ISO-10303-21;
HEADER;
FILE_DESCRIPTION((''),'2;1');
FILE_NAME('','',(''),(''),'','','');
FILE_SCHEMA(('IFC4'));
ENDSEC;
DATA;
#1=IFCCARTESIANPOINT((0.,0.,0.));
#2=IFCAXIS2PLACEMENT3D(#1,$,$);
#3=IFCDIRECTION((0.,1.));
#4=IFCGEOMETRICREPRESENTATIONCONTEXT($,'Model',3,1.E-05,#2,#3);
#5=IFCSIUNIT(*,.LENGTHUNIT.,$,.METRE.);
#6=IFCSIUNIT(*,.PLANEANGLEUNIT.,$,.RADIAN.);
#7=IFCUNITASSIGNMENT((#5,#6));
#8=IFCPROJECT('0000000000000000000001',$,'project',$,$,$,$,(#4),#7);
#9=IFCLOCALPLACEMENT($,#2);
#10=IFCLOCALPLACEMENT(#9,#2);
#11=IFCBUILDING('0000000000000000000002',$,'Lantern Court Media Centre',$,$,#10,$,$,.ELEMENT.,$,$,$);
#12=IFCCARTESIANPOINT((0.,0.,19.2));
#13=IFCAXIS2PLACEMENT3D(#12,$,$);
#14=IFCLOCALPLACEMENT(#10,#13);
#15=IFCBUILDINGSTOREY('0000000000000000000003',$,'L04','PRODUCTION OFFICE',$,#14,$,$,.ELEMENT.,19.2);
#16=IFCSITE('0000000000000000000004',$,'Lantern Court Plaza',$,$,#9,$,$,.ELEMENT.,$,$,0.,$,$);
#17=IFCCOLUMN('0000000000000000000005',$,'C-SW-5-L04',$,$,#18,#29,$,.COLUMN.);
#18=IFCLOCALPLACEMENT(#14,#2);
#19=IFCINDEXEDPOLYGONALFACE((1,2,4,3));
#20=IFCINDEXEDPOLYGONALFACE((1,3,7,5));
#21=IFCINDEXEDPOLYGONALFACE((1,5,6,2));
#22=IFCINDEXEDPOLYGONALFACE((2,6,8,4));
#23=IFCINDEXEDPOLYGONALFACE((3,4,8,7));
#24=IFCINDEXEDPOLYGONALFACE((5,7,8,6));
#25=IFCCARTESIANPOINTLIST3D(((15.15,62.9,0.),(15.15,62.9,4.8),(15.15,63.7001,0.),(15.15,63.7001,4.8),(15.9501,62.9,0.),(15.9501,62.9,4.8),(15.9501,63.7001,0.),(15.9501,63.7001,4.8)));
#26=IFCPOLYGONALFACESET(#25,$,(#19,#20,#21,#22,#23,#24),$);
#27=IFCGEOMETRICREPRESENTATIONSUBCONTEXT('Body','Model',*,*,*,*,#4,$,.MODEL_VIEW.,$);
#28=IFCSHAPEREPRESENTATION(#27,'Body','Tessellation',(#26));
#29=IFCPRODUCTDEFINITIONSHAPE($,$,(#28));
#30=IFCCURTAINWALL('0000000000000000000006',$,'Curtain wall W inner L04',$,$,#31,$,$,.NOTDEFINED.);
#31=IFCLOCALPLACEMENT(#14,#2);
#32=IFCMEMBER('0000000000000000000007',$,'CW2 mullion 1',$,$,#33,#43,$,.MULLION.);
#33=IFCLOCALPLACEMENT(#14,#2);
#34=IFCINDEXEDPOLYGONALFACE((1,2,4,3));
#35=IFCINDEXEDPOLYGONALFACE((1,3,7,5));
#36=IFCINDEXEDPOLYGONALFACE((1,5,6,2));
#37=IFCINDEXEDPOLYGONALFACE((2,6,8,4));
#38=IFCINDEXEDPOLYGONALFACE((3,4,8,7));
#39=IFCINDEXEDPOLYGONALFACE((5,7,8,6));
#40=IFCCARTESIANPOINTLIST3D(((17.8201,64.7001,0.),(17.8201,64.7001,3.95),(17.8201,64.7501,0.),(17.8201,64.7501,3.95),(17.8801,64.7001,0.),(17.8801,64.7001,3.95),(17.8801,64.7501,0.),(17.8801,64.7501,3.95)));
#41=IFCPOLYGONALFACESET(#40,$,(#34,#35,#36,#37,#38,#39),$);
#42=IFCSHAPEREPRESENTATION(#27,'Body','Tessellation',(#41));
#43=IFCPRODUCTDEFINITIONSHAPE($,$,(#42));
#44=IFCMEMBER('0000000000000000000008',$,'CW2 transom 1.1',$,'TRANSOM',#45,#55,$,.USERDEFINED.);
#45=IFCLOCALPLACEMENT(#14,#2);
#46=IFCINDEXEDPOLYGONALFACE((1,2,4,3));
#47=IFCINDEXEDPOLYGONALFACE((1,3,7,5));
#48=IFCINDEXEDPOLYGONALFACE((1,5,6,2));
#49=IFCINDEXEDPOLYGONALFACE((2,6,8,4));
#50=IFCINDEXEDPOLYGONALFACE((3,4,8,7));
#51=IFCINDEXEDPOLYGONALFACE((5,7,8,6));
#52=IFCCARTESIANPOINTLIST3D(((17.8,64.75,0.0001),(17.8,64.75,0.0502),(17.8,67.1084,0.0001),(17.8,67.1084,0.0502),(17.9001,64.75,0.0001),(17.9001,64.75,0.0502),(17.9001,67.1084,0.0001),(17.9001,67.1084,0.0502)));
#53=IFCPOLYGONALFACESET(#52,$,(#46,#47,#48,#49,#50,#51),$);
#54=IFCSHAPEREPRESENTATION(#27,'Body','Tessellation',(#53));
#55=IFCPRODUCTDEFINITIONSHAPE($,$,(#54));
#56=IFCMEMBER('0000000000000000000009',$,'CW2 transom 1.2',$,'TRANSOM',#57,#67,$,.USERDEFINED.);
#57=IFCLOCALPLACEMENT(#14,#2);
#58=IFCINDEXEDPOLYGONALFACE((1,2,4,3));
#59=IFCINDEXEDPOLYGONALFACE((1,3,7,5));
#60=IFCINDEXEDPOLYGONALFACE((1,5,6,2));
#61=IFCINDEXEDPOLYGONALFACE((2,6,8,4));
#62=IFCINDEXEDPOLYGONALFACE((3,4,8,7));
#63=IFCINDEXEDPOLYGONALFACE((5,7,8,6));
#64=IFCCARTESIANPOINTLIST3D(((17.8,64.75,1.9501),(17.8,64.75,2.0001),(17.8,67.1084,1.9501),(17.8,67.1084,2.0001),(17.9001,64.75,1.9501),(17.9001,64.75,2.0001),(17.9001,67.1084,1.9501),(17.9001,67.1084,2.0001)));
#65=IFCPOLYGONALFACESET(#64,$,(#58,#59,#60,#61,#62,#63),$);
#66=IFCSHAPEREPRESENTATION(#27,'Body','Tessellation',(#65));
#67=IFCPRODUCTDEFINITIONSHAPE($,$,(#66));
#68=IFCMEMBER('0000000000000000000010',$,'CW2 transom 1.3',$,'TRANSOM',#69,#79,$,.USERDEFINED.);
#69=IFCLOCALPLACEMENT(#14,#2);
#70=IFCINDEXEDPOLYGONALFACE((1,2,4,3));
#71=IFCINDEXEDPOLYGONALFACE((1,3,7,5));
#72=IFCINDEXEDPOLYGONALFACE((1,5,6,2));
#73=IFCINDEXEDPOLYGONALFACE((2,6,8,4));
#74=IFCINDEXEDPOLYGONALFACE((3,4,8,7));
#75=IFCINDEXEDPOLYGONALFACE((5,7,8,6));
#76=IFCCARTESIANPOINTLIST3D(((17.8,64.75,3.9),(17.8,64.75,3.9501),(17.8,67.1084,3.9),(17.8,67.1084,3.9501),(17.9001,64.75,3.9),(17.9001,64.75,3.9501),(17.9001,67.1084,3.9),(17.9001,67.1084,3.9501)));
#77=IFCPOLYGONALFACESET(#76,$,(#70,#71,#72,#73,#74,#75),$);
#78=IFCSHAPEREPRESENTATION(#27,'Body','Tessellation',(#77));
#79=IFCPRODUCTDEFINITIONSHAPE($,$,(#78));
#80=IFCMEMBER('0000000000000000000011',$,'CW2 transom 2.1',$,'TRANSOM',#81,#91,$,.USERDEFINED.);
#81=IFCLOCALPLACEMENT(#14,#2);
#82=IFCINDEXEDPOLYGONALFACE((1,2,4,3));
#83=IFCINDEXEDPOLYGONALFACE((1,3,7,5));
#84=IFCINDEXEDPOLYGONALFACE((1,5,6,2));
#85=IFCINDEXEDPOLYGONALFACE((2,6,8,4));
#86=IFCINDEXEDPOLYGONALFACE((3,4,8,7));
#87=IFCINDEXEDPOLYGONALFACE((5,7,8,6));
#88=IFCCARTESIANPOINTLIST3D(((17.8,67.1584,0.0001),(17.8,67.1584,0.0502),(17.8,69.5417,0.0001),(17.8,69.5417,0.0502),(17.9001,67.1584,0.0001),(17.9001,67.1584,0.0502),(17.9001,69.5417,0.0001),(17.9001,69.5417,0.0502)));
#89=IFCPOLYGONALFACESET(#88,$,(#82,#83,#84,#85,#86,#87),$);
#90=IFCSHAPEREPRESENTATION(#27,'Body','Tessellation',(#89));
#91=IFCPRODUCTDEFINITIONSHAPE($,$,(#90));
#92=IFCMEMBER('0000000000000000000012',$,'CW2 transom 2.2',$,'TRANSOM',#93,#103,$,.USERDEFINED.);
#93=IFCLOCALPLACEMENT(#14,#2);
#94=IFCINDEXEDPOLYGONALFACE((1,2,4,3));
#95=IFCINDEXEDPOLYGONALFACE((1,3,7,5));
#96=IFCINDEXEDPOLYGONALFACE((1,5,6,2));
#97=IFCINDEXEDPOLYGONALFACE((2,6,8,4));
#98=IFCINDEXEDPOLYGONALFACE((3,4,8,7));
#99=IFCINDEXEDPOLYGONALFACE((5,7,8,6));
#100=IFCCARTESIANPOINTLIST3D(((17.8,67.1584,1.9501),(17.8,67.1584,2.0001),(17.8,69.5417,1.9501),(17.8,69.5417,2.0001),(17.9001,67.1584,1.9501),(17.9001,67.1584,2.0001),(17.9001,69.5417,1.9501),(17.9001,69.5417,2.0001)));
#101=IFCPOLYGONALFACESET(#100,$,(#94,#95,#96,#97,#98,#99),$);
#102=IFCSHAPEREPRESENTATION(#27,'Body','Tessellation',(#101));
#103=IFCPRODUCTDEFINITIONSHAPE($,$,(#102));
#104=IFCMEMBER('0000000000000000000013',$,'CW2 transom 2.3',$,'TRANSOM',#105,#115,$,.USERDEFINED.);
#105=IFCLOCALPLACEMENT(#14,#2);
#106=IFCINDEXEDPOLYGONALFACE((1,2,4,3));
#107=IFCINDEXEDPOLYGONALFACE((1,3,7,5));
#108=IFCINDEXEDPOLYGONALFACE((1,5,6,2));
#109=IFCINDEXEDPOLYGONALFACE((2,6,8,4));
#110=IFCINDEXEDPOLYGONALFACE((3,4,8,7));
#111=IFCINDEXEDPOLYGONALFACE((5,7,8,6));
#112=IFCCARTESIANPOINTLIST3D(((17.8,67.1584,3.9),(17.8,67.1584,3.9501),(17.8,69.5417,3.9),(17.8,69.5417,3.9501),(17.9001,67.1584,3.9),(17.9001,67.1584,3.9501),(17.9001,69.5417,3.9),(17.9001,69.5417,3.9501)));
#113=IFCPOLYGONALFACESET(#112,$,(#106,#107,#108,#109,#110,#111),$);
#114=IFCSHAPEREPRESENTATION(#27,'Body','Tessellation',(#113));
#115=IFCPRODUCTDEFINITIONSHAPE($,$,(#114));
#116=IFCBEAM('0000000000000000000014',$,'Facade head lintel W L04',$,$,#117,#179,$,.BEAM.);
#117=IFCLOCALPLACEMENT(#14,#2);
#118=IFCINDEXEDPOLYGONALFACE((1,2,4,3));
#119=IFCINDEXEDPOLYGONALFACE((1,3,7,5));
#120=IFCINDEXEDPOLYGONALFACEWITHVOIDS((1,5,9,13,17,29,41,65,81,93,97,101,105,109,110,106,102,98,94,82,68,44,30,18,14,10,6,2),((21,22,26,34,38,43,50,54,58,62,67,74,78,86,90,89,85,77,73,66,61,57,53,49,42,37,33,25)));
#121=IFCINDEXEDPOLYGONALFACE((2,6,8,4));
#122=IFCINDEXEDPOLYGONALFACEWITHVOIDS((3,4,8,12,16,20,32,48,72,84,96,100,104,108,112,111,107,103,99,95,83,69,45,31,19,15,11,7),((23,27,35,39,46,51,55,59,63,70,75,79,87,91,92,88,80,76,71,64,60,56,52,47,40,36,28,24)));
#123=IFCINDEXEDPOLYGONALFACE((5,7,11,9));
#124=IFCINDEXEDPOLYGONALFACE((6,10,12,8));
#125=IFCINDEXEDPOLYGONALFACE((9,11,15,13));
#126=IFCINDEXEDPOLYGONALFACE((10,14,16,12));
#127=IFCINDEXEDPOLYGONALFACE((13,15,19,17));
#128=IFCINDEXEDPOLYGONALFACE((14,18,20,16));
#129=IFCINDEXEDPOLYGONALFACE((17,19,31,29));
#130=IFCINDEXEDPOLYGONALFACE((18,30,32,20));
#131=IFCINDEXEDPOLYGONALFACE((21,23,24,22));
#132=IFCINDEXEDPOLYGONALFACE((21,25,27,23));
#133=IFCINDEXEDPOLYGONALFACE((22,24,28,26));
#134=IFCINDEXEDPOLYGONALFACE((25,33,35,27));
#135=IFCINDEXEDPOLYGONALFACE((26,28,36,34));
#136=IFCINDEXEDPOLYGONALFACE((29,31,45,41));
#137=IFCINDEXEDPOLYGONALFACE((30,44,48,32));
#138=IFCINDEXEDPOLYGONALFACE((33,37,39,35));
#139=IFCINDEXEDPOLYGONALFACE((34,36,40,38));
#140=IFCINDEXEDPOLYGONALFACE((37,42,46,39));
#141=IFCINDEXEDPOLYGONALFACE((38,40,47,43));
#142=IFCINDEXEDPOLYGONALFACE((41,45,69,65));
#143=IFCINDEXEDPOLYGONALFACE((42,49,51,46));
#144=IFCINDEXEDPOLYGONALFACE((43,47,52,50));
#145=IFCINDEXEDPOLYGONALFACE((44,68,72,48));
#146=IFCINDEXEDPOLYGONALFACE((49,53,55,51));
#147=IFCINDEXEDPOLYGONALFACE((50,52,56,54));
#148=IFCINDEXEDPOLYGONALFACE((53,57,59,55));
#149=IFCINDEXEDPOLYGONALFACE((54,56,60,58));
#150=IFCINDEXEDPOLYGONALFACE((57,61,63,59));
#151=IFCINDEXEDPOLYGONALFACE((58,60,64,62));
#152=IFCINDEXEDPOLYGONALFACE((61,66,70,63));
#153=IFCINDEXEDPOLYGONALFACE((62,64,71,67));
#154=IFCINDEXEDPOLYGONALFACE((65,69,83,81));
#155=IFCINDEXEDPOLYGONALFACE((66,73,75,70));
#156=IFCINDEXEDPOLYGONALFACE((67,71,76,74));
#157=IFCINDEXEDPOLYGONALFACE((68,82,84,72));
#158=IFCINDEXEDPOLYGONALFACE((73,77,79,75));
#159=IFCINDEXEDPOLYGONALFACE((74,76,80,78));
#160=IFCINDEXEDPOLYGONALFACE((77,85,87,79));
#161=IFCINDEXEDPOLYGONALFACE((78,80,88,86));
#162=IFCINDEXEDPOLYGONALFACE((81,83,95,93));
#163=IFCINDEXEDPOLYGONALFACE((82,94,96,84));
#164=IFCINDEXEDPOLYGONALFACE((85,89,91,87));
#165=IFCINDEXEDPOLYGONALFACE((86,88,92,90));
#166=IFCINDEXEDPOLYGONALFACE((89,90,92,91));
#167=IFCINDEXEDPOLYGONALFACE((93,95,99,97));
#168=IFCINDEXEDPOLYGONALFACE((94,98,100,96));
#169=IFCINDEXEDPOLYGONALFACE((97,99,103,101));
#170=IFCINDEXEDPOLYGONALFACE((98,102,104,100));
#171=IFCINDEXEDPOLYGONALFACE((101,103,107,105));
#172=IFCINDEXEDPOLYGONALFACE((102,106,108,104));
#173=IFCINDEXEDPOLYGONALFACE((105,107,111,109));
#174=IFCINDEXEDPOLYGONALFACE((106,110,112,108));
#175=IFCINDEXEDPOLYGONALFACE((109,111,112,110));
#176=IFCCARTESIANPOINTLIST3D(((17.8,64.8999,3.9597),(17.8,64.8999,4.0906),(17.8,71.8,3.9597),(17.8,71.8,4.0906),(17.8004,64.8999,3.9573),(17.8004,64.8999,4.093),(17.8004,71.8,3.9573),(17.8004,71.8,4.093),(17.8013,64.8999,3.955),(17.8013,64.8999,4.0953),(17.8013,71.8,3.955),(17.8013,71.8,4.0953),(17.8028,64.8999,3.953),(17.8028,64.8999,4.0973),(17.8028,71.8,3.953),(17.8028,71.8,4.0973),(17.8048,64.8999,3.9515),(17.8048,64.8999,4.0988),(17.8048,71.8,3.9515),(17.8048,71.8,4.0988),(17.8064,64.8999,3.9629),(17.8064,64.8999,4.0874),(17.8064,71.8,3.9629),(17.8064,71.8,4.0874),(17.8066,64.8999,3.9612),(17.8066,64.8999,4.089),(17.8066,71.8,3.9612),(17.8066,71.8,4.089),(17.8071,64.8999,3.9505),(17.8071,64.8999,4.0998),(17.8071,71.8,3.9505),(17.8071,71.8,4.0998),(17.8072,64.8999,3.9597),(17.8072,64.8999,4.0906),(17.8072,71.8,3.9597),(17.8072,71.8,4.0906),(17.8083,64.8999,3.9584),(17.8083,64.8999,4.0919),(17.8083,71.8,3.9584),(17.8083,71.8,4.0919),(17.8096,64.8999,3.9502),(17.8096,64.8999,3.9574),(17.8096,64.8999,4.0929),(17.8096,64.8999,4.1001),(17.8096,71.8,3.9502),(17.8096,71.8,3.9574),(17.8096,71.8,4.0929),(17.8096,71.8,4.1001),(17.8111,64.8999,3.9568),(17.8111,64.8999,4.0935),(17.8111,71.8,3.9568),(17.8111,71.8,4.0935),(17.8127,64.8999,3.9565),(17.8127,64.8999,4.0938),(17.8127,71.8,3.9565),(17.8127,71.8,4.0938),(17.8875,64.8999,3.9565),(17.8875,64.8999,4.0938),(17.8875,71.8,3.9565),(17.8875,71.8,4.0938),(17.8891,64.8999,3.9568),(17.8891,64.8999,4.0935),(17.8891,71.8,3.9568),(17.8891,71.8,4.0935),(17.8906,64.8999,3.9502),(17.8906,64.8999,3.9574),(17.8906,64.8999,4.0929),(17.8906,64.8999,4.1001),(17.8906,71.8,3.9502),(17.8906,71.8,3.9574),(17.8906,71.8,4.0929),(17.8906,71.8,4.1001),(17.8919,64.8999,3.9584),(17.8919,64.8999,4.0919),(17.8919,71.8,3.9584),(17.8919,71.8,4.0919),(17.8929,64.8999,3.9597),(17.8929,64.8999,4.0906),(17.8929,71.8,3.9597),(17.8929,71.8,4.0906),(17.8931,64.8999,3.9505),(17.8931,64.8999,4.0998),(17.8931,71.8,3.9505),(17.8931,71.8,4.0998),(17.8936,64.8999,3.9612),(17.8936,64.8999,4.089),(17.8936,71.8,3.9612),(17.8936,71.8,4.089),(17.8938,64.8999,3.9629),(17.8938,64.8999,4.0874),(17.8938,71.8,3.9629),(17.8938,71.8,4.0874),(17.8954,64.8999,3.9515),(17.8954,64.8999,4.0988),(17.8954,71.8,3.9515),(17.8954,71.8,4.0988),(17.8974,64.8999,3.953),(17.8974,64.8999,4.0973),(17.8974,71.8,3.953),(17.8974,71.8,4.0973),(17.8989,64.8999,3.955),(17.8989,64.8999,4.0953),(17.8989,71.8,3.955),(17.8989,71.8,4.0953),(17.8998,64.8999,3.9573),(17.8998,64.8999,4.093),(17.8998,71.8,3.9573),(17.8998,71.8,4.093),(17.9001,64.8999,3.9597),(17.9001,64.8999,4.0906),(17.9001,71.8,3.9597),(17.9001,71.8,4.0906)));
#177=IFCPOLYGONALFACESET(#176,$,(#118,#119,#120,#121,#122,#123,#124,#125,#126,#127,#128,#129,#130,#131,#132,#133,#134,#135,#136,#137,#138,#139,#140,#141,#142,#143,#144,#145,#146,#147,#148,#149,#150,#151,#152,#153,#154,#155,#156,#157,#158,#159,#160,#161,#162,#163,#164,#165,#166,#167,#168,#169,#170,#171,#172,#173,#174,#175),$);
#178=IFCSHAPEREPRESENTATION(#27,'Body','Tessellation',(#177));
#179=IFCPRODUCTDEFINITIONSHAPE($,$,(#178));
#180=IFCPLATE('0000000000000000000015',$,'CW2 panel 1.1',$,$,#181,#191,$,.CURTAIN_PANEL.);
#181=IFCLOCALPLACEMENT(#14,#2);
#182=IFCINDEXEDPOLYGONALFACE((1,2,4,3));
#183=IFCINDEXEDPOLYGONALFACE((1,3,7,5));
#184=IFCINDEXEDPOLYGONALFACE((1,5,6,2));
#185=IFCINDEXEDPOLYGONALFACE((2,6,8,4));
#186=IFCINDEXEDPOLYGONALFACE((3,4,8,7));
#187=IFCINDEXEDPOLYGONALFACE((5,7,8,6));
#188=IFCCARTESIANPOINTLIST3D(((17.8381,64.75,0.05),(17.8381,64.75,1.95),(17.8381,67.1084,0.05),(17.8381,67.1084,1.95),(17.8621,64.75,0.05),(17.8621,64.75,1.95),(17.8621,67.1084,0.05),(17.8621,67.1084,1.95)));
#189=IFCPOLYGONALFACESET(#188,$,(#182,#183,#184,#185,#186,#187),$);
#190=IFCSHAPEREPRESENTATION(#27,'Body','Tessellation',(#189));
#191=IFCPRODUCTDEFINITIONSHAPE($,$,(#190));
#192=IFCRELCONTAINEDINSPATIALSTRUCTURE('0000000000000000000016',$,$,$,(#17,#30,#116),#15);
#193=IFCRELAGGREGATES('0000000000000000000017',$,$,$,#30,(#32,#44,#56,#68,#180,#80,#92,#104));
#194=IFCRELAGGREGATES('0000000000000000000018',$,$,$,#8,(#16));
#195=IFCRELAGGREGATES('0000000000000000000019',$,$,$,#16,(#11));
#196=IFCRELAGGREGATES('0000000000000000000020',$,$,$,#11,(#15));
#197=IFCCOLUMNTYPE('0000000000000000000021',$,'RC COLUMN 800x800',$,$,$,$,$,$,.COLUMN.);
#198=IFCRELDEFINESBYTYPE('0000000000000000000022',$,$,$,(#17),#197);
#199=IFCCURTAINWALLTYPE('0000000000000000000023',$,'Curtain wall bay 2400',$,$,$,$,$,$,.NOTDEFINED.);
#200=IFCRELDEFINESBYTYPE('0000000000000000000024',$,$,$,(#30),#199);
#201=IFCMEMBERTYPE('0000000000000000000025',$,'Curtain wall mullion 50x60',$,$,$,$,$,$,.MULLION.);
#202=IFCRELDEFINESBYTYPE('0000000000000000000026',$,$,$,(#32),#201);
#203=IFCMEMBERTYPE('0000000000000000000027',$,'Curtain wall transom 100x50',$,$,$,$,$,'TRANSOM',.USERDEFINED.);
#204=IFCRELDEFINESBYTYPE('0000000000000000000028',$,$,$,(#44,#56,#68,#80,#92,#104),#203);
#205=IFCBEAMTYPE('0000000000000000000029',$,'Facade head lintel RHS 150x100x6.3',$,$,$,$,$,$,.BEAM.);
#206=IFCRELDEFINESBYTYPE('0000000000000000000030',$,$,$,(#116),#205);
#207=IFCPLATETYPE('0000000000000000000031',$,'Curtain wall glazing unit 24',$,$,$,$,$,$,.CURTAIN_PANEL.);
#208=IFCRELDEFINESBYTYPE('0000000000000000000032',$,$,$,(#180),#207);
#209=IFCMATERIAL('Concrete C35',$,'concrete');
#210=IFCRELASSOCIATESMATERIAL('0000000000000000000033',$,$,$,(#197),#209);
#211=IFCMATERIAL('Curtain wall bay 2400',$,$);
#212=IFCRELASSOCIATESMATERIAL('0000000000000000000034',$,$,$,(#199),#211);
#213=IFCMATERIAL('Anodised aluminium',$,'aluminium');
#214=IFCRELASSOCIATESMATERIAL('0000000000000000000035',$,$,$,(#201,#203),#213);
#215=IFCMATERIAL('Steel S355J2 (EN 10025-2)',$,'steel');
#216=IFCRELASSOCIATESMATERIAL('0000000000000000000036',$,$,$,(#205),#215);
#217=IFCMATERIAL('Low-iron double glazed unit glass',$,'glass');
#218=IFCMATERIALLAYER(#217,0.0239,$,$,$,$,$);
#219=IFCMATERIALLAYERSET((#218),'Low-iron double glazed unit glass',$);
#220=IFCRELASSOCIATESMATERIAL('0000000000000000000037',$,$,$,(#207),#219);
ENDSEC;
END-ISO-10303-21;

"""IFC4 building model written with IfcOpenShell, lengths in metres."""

from ifc_helpers import new_model, si_unit, direction, frame, origin, origin_2d, place, context, subcontext, project, spatial, rectangle, hollow_rectangle, extrude, material, layer, layer_set, material_profile, profile_set, type_object, element, aggregate, save


model = new_model("IFC4")

# Units and contexts
model_context = context("Model", 3, precision=1e-05, world=origin(), true_north=direction((0.0, 1.0)))
body_context = subcontext(model_context, "Body", "Model", "MODEL_VIEW")
ifc_project = project(units=[si_unit("LENGTHUNIT", "METRE"), si_unit("PLANEANGLEUNIT", "RADIAN")], contexts=[model_context])

# Site, building, storey
site_placement = place(None, origin())
site = spatial("IfcSite", under=ifc_project, at=site_placement, Name="Lantern Court Plaza", CompositionType="ELEMENT", RefElevation=0.0)
building_placement = place(site_placement, origin())
building = spatial("IfcBuilding", under=site, at=building_placement, Name="Lantern Court Media Centre", CompositionType="ELEMENT")
storey_placement = place(building_placement, frame((0.0, 0.0, 19.2)))
storey = spatial("IfcBuildingStorey", under=building, at=storey_placement, Name="L04", Description="PRODUCTION OFFICE", CompositionType="ELEMENT", Elevation=19.2)

# Column
ifc_material_1 = material(Name="Concrete C35", Category="concrete")
ifc_material_profile_1 = material_profile(ifc_material_1, rectangle(XDim=0.8, YDim=0.8, at=origin_2d()), Name="RC 800x800")
ifc_profile_set_1 = profile_set([ifc_material_profile_1], Name="Concrete C35")
column_type = type_object("IfcColumnType", Name="RC COLUMN 800x800", PredefinedType="COLUMN", material=ifc_profile_set_1)
column_placement = place(storey_placement, frame((15.55, 63.3, 0.0), z_axis=(0.0, 0.0, 1.0), x_axis=(1.0, 0.0, 0.0)))
element("IfcColumn", 1, at=column_placement, inside=storey, type_object=column_type, Name="C-SW-5-L04", PredefinedType="COLUMN", context=body_context, shape_type="SweptSolid", body=[
    extrude(rectangle(XDim=0.8, YDim=0.8, at=origin_2d()), origin(), (0.0, 0.0, 1.0), 4.8),
])

# Curtain wall, members
ifc_material_2 = material(Name="Curtain wall bay 2400")
curtain_wall_type = type_object("IfcCurtainWallType", Name="Curtain wall bay 2400", PredefinedType="NOTDEFINED", material=ifc_material_2)
curtain_wall_placement = place(storey_placement, origin())
curtain_wall = element("IfcCurtainWall", 2, at=curtain_wall_placement, inside=storey, type_object=curtain_wall_type, Name="Curtain wall W inner L04", PredefinedType="NOTDEFINED")
ifc_material_3 = material(Name="Anodised aluminium", Category="aluminium")
ifc_material_profile_2 = material_profile(ifc_material_3, rectangle(XDim=0.0601, YDim=0.05, at=origin_2d()), Name="AL 50x60")
ifc_profile_set_2 = profile_set([ifc_material_profile_2], Name="Anodised aluminium")
member_type_1 = type_object("IfcMemberType", Name="Curtain wall mullion 50x60", PredefinedType="MULLION", material=ifc_profile_set_2)
member_1_placement = place(storey_placement, frame((17.8501, 64.7251, 0.0), z_axis=(0.0, 0.0, 1.0), x_axis=(-1.0, 0.0, 0.0)))
member_1 = element("IfcMember", 3, at=member_1_placement, type_object=member_type_1, Name="CW2 mullion 1", PredefinedType="MULLION", context=body_context, shape_type="SweptSolid", body=[
    extrude(rectangle(XDim=0.0601, YDim=0.05, at=origin_2d()), origin(), (0.0, 0.0, 1.0), 3.95),
])
ifc_material_profile_3 = material_profile(ifc_material_3, rectangle(XDim=0.1001, YDim=0.05, at=origin_2d()), Name="AL 50x100")
ifc_profile_set_3 = profile_set([ifc_material_profile_3], Name="Anodised aluminium")
member_type_2 = type_object("IfcMemberType", Name="Curtain wall transom 100x50", ElementType="TRANSOM", PredefinedType="USERDEFINED", material=ifc_profile_set_3)
member_2_placement = place(storey_placement, frame((17.8501, 64.75, 0.0251), z_axis=(0.0, 1.0, 0.0), x_axis=(-1.0, 0.0, 0.0)))
member_2 = element("IfcMember", 4, at=member_2_placement, type_object=member_type_2, Name="CW2 transom 1.1", ObjectType="TRANSOM", PredefinedType="USERDEFINED", context=body_context, shape_type="SweptSolid", body=[
    extrude(rectangle(XDim=0.1001, YDim=0.05, at=origin_2d()), origin(), (0.0, 0.0, 1.0), 2.3584),
])
member_3_placement = place(storey_placement, frame((17.8501, 64.75, 1.9751), z_axis=(0.0, 1.0, 0.0), x_axis=(-1.0, 0.0, 0.0)))
member_3 = element("IfcMember", 5, at=member_3_placement, type_object=member_type_2, Name="CW2 transom 1.2", ObjectType="TRANSOM", PredefinedType="USERDEFINED", context=body_context, shape_type="SweptSolid", body=[
    extrude(rectangle(XDim=0.1001, YDim=0.05, at=origin_2d()), origin(), (0.0, 0.0, 1.0), 2.3584),
])
member_4_placement = place(storey_placement, frame((17.8501, 64.75, 3.925), z_axis=(0.0, 1.0, 0.0), x_axis=(-1.0, 0.0, 0.0)))
member_4 = element("IfcMember", 6, at=member_4_placement, type_object=member_type_2, Name="CW2 transom 1.3", ObjectType="TRANSOM", PredefinedType="USERDEFINED", context=body_context, shape_type="SweptSolid", body=[
    extrude(rectangle(XDim=0.1001, YDim=0.05, at=origin_2d()), origin(), (0.0, 0.0, 1.0), 2.3584),
])
member_5_placement = place(storey_placement, frame((17.8501, 67.1584, 0.0251), z_axis=(0.0, 1.0, 0.0), x_axis=(-1.0, 0.0, 0.0)))
member_5 = element("IfcMember", 7, at=member_5_placement, type_object=member_type_2, Name="CW2 transom 2.1", ObjectType="TRANSOM", PredefinedType="USERDEFINED", context=body_context, shape_type="SweptSolid", body=[
    extrude(rectangle(XDim=0.1001, YDim=0.05, at=origin_2d()), origin(), (0.0, 0.0, 1.0), 2.3833),
])
member_6_placement = place(storey_placement, frame((17.8501, 67.1584, 1.9751), z_axis=(0.0, 1.0, 0.0), x_axis=(-1.0, 0.0, 0.0)))
member_6 = element("IfcMember", 8, at=member_6_placement, type_object=member_type_2, Name="CW2 transom 2.2", ObjectType="TRANSOM", PredefinedType="USERDEFINED", context=body_context, shape_type="SweptSolid", body=[
    extrude(rectangle(XDim=0.1001, YDim=0.05, at=origin_2d()), origin(), (0.0, 0.0, 1.0), 2.3833),
])
member_7_placement = place(storey_placement, frame((17.8501, 67.1584, 3.925), z_axis=(0.0, 1.0, 0.0), x_axis=(-1.0, 0.0, 0.0)))
member_7 = element("IfcMember", 9, at=member_7_placement, type_object=member_type_2, Name="CW2 transom 2.3", ObjectType="TRANSOM", PredefinedType="USERDEFINED", context=body_context, shape_type="SweptSolid", body=[
    extrude(rectangle(XDim=0.1001, YDim=0.05, at=origin_2d()), origin(), (0.0, 0.0, 1.0), 2.3833),
])

# Beam
ifc_material_4 = material(Name="Steel S355J2 (EN 10025-2)", Category="steel")
ifc_material_profile_4 = material_profile(ifc_material_4, hollow_rectangle(XDim=0.1001, YDim=0.1499, WallThickness=0.0063, InnerFilletRadius=0.0063, OuterFilletRadius=0.0095, at=origin_2d()), Name="Facade head lintel RHS 150x100x6.3")
ifc_profile_set_4 = profile_set([ifc_material_profile_4], Name="Steel S355J2 (EN 10025-2)")
beam_type = type_object("IfcBeamType", Name="Facade head lintel RHS 150x100x6.3", PredefinedType="BEAM", material=ifc_profile_set_4)
beam_placement = place(storey_placement, frame((17.8501, 64.8999, 4.0251), z_axis=(0.0, 1.0, 0.0), x_axis=(-1.0, 0.0, 0.0)))
element("IfcBeam", 10, at=beam_placement, inside=storey, type_object=beam_type, Name="Facade head lintel W L04", PredefinedType="BEAM", context=body_context, shape_type="SweptSolid", body=[
    extrude(hollow_rectangle(XDim=0.1001, YDim=0.1499, WallThickness=0.0063, InnerFilletRadius=0.0063, OuterFilletRadius=0.0095, at=origin_2d()), origin(), (0.0, 0.0, 1.0), 6.9001),
])

# Plate
ifc_material_5 = material(Name="Low-iron double glazed unit glass", Category="glass")
ifc_layer_1 = layer(ifc_material_5, 0.0239)
ifc_layer_set_1 = layer_set([ifc_layer_1], Name="Low-iron double glazed unit glass")
plate_type = type_object("IfcPlateType", Name="Curtain wall glazing unit 24", PredefinedType="CURTAIN_PANEL", material=ifc_layer_set_1)
plate_1_placement = place(storey_placement, frame((17.8501, 65.9292, 0.05), z_axis=(0.0, 0.0, 1.0), x_axis=(0.0, 1.0, 0.0)))
plate_1 = element("IfcPlate", 11, at=plate_1_placement, type_object=plate_type, Name="CW2 panel 1.1", PredefinedType="CURTAIN_PANEL", context=body_context, shape_type="SweptSolid", body=[
    extrude(rectangle(XDim=2.3584, YDim=0.0239, at=origin_2d()), origin(), (0.0, 0.0, 1.0), 1.8999),
])
aggregate(curtain_wall, [member_1, member_2, member_3, member_4, plate_1, member_5, member_6, member_7])

save(model, "model.ifc")
